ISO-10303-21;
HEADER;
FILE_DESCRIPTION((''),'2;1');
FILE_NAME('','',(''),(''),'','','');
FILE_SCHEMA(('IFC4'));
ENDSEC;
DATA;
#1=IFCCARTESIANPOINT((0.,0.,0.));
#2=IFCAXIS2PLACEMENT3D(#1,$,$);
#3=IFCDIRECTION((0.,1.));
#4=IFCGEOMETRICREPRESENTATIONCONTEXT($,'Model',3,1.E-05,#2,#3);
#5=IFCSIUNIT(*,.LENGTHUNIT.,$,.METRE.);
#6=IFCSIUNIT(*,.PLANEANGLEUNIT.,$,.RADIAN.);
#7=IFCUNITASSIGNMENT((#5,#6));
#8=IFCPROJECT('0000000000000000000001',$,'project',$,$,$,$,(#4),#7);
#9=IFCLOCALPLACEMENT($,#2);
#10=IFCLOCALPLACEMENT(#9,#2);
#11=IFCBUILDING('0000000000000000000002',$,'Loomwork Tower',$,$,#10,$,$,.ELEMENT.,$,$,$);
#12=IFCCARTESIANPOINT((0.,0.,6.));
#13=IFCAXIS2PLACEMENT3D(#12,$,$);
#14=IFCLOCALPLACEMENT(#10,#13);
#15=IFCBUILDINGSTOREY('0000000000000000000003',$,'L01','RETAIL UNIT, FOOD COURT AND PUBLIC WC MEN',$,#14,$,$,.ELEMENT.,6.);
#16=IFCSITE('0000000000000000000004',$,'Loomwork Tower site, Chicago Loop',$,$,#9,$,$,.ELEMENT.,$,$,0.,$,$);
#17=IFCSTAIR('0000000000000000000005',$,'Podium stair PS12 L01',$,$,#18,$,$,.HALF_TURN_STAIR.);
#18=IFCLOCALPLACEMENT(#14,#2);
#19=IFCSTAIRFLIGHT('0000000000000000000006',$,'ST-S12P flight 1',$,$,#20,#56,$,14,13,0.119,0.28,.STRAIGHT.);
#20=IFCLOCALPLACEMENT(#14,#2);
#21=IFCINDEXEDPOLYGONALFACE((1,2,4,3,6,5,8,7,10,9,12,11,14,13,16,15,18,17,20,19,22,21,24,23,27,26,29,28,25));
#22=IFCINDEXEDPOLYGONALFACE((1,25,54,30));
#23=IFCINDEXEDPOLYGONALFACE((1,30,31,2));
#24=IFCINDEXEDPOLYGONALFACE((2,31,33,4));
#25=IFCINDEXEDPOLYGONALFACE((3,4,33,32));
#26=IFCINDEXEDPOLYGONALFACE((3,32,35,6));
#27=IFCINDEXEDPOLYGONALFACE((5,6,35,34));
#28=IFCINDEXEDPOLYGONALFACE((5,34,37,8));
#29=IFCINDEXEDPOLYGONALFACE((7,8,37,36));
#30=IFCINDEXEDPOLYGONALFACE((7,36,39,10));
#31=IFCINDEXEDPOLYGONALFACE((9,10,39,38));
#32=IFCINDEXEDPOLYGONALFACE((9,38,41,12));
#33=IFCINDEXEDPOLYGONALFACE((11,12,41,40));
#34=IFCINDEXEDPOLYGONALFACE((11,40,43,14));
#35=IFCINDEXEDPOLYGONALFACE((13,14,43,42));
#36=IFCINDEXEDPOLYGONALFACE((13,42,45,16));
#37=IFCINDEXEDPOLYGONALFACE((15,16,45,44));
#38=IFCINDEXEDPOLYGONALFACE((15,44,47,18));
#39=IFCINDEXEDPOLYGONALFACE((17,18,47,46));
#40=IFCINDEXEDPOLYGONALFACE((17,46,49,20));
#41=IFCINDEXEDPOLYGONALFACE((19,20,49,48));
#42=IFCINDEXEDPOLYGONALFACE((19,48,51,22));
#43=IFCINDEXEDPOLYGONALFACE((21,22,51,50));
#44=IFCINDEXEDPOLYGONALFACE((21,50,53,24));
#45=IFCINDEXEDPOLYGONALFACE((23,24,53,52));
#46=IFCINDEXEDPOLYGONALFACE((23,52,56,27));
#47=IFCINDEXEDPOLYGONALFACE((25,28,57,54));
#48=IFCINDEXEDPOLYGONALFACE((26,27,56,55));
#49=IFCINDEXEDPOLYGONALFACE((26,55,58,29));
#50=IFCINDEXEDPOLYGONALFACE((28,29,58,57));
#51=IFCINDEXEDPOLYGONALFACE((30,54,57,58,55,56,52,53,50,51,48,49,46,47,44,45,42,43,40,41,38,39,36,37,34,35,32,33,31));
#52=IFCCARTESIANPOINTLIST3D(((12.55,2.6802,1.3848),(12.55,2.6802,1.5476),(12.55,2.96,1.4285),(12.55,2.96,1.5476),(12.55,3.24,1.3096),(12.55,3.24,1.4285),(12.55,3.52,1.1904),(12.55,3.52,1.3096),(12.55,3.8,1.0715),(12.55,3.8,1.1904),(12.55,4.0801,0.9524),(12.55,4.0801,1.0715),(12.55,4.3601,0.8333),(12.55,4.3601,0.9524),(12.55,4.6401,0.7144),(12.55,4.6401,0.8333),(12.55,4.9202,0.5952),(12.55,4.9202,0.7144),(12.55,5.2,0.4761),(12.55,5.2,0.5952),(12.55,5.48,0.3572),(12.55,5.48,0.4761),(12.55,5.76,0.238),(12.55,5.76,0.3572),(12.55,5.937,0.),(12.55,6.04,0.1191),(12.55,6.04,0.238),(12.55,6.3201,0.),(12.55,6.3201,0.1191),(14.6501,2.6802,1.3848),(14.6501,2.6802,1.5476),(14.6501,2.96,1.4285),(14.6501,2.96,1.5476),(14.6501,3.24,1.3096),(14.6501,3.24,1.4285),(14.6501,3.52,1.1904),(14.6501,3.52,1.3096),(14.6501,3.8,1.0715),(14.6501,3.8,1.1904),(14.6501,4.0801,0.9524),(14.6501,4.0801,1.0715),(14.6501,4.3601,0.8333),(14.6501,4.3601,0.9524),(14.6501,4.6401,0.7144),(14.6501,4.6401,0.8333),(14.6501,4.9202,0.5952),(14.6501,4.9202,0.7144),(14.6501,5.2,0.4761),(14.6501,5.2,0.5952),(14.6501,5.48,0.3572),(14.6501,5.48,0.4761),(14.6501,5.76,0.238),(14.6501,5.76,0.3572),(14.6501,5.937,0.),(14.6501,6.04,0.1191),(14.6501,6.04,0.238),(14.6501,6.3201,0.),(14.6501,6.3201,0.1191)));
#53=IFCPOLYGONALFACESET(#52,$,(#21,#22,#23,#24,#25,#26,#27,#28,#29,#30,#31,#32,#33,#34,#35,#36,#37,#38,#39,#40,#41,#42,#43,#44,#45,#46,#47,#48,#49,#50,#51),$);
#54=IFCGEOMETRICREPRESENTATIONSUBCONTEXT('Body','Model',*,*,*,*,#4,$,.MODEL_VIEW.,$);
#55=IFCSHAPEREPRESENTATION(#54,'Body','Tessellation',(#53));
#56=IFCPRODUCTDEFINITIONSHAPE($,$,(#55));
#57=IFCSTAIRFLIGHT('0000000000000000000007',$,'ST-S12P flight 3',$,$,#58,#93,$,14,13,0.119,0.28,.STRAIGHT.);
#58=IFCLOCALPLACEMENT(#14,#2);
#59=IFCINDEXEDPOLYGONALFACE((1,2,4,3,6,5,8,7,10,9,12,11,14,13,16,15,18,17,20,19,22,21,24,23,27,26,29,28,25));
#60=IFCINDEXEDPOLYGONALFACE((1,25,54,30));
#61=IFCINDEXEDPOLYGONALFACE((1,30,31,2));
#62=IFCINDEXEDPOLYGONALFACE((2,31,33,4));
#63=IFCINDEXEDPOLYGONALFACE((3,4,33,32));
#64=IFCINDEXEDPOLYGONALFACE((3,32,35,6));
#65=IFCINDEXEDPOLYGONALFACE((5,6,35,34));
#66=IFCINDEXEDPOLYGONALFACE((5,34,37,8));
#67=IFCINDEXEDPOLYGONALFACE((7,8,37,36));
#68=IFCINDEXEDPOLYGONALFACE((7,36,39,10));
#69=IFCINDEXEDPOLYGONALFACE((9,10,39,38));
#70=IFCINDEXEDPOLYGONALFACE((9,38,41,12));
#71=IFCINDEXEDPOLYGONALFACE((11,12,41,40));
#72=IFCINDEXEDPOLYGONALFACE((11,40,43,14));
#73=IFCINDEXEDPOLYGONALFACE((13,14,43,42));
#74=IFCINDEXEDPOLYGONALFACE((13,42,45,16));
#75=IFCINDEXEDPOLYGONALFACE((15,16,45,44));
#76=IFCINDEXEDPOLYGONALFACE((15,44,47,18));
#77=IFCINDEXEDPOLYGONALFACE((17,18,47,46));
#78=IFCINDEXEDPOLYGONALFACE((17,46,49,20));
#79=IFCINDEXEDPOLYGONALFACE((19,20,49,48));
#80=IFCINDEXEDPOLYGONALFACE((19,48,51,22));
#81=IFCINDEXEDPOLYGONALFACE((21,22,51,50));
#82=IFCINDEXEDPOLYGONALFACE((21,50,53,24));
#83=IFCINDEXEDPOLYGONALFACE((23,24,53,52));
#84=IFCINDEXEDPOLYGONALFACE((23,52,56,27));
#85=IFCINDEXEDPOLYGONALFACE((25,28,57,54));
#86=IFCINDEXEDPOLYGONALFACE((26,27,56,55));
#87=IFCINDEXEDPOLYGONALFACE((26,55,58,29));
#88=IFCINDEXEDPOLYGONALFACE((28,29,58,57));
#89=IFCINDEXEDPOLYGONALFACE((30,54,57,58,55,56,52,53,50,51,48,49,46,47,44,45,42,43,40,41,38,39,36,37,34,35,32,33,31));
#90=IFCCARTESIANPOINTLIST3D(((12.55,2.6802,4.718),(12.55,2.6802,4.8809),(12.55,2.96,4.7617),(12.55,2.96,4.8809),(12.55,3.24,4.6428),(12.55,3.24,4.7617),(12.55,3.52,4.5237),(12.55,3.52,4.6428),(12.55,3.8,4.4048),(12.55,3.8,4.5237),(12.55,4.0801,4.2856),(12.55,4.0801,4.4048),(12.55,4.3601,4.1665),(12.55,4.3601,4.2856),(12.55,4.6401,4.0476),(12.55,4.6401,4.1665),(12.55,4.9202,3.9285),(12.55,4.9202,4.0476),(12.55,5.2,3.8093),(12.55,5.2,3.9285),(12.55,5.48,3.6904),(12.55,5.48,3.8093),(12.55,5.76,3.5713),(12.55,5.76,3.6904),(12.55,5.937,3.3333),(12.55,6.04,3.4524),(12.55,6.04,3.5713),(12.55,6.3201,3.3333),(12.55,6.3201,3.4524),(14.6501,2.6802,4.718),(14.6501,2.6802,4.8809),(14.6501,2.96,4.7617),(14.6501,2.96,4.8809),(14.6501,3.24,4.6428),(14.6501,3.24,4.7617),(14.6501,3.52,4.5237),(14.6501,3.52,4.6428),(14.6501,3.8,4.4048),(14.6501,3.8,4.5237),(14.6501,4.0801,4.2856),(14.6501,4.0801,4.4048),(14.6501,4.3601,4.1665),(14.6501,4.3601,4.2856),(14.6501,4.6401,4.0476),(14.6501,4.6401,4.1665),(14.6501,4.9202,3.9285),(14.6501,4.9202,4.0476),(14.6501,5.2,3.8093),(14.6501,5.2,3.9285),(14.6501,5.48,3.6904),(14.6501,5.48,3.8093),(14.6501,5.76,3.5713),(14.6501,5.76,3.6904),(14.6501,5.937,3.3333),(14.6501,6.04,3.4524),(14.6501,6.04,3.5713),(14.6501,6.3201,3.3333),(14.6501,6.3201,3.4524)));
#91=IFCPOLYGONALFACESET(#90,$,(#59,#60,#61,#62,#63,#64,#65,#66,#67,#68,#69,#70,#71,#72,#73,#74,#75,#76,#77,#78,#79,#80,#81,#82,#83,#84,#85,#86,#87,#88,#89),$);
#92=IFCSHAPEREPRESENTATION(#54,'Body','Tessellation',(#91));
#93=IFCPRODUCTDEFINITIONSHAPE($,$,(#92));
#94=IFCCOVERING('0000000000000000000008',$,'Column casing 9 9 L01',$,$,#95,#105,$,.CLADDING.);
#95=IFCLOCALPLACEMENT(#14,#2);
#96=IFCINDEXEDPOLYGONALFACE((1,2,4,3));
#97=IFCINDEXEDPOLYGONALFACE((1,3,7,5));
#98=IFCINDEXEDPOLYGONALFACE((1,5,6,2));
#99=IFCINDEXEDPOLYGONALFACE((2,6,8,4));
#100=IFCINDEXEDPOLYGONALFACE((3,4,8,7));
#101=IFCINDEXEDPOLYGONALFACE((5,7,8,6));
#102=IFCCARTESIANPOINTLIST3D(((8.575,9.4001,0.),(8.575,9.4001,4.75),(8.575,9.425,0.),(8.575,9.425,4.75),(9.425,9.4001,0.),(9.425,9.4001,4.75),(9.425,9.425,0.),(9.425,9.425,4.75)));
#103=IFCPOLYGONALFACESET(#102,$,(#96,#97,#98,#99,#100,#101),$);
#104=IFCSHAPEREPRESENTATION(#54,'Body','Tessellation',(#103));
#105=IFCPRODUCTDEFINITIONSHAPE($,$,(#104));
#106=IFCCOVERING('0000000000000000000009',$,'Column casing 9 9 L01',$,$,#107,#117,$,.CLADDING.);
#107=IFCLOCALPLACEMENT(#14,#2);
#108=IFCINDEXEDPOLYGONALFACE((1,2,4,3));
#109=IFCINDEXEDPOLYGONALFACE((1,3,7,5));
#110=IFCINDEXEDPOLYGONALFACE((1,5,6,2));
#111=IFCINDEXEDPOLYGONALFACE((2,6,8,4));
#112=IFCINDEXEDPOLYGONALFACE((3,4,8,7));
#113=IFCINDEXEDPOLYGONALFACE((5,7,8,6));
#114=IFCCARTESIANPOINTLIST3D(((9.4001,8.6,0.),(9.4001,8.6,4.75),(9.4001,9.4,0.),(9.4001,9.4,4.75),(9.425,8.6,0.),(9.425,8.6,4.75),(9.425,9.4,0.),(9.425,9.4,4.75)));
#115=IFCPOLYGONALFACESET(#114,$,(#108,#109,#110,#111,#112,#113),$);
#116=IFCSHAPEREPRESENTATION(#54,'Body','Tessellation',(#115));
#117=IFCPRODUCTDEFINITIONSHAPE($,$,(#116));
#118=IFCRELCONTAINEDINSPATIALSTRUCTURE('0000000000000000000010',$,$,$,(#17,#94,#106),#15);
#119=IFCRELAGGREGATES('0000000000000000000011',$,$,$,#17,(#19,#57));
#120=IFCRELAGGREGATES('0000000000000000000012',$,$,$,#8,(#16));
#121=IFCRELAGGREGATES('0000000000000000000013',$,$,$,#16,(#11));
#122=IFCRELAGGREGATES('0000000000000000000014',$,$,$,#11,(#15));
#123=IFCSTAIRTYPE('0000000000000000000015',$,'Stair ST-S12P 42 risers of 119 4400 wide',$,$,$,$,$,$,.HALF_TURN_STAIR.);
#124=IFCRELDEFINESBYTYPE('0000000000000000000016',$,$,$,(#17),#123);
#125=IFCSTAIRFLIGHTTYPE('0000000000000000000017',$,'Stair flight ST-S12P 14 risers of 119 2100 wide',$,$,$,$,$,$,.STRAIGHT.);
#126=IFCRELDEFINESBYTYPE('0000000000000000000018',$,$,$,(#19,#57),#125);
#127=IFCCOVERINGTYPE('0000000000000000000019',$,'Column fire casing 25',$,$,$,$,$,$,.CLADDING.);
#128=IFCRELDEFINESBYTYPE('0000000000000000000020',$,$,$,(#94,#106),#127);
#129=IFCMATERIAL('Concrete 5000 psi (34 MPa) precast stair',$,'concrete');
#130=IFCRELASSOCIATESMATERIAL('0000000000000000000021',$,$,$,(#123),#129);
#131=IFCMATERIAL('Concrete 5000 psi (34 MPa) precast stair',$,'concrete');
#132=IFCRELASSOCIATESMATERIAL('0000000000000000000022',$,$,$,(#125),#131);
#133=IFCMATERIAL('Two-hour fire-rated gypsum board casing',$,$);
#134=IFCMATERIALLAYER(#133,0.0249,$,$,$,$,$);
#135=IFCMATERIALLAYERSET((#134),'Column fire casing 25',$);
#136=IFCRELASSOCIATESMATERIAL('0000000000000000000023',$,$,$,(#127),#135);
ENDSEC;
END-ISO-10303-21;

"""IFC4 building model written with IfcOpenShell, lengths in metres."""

from ifc_helpers import new_model, si_unit, direction, frame, origin, origin_2d, place, context, subcontext, project, spatial, polyline, rectangle, outline, extrude, material, layer, layer_set, type_object, element, aggregate, save


model = new_model("IFC4")

# Units and contexts
model_context = context("Model", 3, precision=1e-05, world=origin(), true_north=direction((0.0, 1.0)))
body_context = subcontext(model_context, "Body", "Model", "MODEL_VIEW")
ifc_project = project(units=[si_unit("LENGTHUNIT", "METRE"), si_unit("PLANEANGLEUNIT", "RADIAN")], contexts=[model_context])

# Site, building, storey
site_placement = place(None, origin())
site = spatial("IfcSite", under=ifc_project, at=site_placement, Name="Loomwork Tower site, Chicago Loop", CompositionType="ELEMENT", RefElevation=0.0)
building_placement = place(site_placement, origin())
building = spatial("IfcBuilding", under=site, at=building_placement, Name="Loomwork Tower", CompositionType="ELEMENT")
storey_placement = place(building_placement, frame((0.0, 0.0, 6.0)))
storey = spatial("IfcBuildingStorey", under=building, at=storey_placement, Name="L01", Description="RETAIL UNIT, FOOD COURT AND PUBLIC WC MEN", CompositionType="ELEMENT", Elevation=6.0)

# Stair, stair flights
ifc_material_1 = material(Name="Concrete 5000 psi (34 MPa) precast stair", Category="concrete")
stair_type = type_object("IfcStairType", Name="Stair ST-S12P 42 risers of 119 4400 wide", PredefinedType="HALF_TURN_STAIR", material=ifc_material_1)
stair_placement = place(storey_placement, origin())
stair = element("IfcStair", 1, at=stair_placement, inside=storey, type_object=stair_type, Name="Podium stair PS12 L01", PredefinedType="HALF_TURN_STAIR")
ifc_material_2 = material(Name="Concrete 5000 psi (34 MPa) precast stair", Category="concrete")
stair_flight_type = type_object("IfcStairFlightType", Name="Stair flight ST-S12P 14 risers of 119 2100 wide", PredefinedType="STRAIGHT", material=ifc_material_2)
stair_flight_1_placement = place(storey_placement, frame((13.6001, 6.3201, 0.0), z_axis=(0.0, 0.0, 1.0), x_axis=(0.0, -1.0, 0.0)))
stair_flight_1 = element("IfcStairFlight", 2, at=stair_flight_1_placement, type_object=stair_flight_type, Name="ST-S12P flight 1", NumberOfRisers=14, NumberOfTreads=13, PredefinedType="STRAIGHT", RiserHeight=0.119, TreadLength=0.28, context=body_context, shape_type="SweptSolid", body=[
    extrude(outline(polyline([(0.0, 0.0), (0.0, 0.1191), (0.28, 0.1191), (0.28, 0.238), (0.5601, 0.238), (0.5601, 0.3572), (0.8401, 0.3572), (0.8401, 0.4761), (1.1201, 0.4761), (1.1201, 0.5952), (1.3999, 0.5952), (1.3999, 0.7144), (1.6799, 0.7144), (1.6799, 0.8333), (1.96, 0.8333), (1.96, 0.9524), (2.24, 0.9524), (2.24, 1.0715), (2.52, 1.0715), (2.52, 1.1904), (2.8, 1.1904), (2.8, 1.3096), (3.0801, 1.3096), (3.0801, 1.4285), (3.3601, 1.4285), (3.3601, 1.5476), (3.6399, 1.5476), (3.6399, 1.6667), (3.6399, 1.3848), (0.3831, 0.0), (0.0, 0.0)])), frame((0.0, 1.05, 0.0), z_axis=(0.0, -1.0, 0.0), x_axis=(1.0, 0.0, 0.0)), (0.0, 0.0, 1.0), 2.1001),
])
stair_flight_2_placement = place(storey_placement, frame((13.6001, 6.3201, 3.3333), z_axis=(0.0, 0.0, 1.0), x_axis=(0.0, -1.0, 0.0)))
stair_flight_2 = element("IfcStairFlight", 3, at=stair_flight_2_placement, type_object=stair_flight_type, Name="ST-S12P flight 3", NumberOfRisers=14, NumberOfTreads=13, PredefinedType="STRAIGHT", RiserHeight=0.119, TreadLength=0.28, context=body_context, shape_type="SweptSolid", body=[
    extrude(outline(polyline([(0.0, 0.0), (0.0, 0.1191), (0.28, 0.1191), (0.28, 0.238), (0.5601, 0.238), (0.5601, 0.3572), (0.8401, 0.3572), (0.8401, 0.4761), (1.1201, 0.4761), (1.1201, 0.5952), (1.3999, 0.5952), (1.3999, 0.7144), (1.6799, 0.7144), (1.6799, 0.8333), (1.96, 0.8333), (1.96, 0.9524), (2.24, 0.9524), (2.24, 1.0715), (2.52, 1.0715), (2.52, 1.1904), (2.8, 1.1904), (2.8, 1.3096), (3.0801, 1.3096), (3.0801, 1.4285), (3.3601, 1.4285), (3.3601, 1.5476), (3.6399, 1.5476), (3.6399, 1.6667), (3.6399, 1.3848), (0.3831, 0.0), (0.0, 0.0)])), frame((0.0, 1.05, 0.0), z_axis=(0.0, -1.0, 0.0), x_axis=(1.0, 0.0, 0.0)), (0.0, 0.0, 1.0), 2.1001),
])
aggregate(stair, [stair_flight_1, stair_flight_2])

# Coverings
ifc_material_3 = material(Name="Two-hour fire-rated gypsum board casing")
ifc_layer_1 = layer(ifc_material_3, 0.0249)
ifc_layer_set_1 = layer_set([ifc_layer_1], Name="Column fire casing 25")
covering_type = type_object("IfcCoveringType", Name="Column fire casing 25", PredefinedType="CLADDING", material=ifc_layer_set_1)
covering_1_placement = place(storey_placement, frame((9.0, 9.4126, 0.0), z_axis=(0.0, 0.0, 1.0), x_axis=(1.0, 0.0, 0.0)))
element("IfcCovering", 4, at=covering_1_placement, inside=storey, type_object=covering_type, Name="Column casing 9 9 L01", PredefinedType="CLADDING", context=body_context, shape_type="SweptSolid", body=[
    extrude(rectangle(XDim=0.8501, YDim=0.0249, at=origin_2d()), origin(), (0.0, 0.0, 1.0), 4.75),
])
covering_2_placement = place(storey_placement, frame((9.4126, 9.0, 0.0), z_axis=(0.0, 0.0, 1.0), x_axis=(1.0, 0.0, 0.0)))
element("IfcCovering", 5, at=covering_2_placement, inside=storey, type_object=covering_type, Name="Column casing 9 9 L01", PredefinedType="CLADDING", context=body_context, shape_type="SweptSolid", body=[
    extrude(rectangle(XDim=0.0249, YDim=0.8, at=origin_2d()), origin(), (0.0, 0.0, 1.0), 4.75),
])

save(model, "model.ifc")
